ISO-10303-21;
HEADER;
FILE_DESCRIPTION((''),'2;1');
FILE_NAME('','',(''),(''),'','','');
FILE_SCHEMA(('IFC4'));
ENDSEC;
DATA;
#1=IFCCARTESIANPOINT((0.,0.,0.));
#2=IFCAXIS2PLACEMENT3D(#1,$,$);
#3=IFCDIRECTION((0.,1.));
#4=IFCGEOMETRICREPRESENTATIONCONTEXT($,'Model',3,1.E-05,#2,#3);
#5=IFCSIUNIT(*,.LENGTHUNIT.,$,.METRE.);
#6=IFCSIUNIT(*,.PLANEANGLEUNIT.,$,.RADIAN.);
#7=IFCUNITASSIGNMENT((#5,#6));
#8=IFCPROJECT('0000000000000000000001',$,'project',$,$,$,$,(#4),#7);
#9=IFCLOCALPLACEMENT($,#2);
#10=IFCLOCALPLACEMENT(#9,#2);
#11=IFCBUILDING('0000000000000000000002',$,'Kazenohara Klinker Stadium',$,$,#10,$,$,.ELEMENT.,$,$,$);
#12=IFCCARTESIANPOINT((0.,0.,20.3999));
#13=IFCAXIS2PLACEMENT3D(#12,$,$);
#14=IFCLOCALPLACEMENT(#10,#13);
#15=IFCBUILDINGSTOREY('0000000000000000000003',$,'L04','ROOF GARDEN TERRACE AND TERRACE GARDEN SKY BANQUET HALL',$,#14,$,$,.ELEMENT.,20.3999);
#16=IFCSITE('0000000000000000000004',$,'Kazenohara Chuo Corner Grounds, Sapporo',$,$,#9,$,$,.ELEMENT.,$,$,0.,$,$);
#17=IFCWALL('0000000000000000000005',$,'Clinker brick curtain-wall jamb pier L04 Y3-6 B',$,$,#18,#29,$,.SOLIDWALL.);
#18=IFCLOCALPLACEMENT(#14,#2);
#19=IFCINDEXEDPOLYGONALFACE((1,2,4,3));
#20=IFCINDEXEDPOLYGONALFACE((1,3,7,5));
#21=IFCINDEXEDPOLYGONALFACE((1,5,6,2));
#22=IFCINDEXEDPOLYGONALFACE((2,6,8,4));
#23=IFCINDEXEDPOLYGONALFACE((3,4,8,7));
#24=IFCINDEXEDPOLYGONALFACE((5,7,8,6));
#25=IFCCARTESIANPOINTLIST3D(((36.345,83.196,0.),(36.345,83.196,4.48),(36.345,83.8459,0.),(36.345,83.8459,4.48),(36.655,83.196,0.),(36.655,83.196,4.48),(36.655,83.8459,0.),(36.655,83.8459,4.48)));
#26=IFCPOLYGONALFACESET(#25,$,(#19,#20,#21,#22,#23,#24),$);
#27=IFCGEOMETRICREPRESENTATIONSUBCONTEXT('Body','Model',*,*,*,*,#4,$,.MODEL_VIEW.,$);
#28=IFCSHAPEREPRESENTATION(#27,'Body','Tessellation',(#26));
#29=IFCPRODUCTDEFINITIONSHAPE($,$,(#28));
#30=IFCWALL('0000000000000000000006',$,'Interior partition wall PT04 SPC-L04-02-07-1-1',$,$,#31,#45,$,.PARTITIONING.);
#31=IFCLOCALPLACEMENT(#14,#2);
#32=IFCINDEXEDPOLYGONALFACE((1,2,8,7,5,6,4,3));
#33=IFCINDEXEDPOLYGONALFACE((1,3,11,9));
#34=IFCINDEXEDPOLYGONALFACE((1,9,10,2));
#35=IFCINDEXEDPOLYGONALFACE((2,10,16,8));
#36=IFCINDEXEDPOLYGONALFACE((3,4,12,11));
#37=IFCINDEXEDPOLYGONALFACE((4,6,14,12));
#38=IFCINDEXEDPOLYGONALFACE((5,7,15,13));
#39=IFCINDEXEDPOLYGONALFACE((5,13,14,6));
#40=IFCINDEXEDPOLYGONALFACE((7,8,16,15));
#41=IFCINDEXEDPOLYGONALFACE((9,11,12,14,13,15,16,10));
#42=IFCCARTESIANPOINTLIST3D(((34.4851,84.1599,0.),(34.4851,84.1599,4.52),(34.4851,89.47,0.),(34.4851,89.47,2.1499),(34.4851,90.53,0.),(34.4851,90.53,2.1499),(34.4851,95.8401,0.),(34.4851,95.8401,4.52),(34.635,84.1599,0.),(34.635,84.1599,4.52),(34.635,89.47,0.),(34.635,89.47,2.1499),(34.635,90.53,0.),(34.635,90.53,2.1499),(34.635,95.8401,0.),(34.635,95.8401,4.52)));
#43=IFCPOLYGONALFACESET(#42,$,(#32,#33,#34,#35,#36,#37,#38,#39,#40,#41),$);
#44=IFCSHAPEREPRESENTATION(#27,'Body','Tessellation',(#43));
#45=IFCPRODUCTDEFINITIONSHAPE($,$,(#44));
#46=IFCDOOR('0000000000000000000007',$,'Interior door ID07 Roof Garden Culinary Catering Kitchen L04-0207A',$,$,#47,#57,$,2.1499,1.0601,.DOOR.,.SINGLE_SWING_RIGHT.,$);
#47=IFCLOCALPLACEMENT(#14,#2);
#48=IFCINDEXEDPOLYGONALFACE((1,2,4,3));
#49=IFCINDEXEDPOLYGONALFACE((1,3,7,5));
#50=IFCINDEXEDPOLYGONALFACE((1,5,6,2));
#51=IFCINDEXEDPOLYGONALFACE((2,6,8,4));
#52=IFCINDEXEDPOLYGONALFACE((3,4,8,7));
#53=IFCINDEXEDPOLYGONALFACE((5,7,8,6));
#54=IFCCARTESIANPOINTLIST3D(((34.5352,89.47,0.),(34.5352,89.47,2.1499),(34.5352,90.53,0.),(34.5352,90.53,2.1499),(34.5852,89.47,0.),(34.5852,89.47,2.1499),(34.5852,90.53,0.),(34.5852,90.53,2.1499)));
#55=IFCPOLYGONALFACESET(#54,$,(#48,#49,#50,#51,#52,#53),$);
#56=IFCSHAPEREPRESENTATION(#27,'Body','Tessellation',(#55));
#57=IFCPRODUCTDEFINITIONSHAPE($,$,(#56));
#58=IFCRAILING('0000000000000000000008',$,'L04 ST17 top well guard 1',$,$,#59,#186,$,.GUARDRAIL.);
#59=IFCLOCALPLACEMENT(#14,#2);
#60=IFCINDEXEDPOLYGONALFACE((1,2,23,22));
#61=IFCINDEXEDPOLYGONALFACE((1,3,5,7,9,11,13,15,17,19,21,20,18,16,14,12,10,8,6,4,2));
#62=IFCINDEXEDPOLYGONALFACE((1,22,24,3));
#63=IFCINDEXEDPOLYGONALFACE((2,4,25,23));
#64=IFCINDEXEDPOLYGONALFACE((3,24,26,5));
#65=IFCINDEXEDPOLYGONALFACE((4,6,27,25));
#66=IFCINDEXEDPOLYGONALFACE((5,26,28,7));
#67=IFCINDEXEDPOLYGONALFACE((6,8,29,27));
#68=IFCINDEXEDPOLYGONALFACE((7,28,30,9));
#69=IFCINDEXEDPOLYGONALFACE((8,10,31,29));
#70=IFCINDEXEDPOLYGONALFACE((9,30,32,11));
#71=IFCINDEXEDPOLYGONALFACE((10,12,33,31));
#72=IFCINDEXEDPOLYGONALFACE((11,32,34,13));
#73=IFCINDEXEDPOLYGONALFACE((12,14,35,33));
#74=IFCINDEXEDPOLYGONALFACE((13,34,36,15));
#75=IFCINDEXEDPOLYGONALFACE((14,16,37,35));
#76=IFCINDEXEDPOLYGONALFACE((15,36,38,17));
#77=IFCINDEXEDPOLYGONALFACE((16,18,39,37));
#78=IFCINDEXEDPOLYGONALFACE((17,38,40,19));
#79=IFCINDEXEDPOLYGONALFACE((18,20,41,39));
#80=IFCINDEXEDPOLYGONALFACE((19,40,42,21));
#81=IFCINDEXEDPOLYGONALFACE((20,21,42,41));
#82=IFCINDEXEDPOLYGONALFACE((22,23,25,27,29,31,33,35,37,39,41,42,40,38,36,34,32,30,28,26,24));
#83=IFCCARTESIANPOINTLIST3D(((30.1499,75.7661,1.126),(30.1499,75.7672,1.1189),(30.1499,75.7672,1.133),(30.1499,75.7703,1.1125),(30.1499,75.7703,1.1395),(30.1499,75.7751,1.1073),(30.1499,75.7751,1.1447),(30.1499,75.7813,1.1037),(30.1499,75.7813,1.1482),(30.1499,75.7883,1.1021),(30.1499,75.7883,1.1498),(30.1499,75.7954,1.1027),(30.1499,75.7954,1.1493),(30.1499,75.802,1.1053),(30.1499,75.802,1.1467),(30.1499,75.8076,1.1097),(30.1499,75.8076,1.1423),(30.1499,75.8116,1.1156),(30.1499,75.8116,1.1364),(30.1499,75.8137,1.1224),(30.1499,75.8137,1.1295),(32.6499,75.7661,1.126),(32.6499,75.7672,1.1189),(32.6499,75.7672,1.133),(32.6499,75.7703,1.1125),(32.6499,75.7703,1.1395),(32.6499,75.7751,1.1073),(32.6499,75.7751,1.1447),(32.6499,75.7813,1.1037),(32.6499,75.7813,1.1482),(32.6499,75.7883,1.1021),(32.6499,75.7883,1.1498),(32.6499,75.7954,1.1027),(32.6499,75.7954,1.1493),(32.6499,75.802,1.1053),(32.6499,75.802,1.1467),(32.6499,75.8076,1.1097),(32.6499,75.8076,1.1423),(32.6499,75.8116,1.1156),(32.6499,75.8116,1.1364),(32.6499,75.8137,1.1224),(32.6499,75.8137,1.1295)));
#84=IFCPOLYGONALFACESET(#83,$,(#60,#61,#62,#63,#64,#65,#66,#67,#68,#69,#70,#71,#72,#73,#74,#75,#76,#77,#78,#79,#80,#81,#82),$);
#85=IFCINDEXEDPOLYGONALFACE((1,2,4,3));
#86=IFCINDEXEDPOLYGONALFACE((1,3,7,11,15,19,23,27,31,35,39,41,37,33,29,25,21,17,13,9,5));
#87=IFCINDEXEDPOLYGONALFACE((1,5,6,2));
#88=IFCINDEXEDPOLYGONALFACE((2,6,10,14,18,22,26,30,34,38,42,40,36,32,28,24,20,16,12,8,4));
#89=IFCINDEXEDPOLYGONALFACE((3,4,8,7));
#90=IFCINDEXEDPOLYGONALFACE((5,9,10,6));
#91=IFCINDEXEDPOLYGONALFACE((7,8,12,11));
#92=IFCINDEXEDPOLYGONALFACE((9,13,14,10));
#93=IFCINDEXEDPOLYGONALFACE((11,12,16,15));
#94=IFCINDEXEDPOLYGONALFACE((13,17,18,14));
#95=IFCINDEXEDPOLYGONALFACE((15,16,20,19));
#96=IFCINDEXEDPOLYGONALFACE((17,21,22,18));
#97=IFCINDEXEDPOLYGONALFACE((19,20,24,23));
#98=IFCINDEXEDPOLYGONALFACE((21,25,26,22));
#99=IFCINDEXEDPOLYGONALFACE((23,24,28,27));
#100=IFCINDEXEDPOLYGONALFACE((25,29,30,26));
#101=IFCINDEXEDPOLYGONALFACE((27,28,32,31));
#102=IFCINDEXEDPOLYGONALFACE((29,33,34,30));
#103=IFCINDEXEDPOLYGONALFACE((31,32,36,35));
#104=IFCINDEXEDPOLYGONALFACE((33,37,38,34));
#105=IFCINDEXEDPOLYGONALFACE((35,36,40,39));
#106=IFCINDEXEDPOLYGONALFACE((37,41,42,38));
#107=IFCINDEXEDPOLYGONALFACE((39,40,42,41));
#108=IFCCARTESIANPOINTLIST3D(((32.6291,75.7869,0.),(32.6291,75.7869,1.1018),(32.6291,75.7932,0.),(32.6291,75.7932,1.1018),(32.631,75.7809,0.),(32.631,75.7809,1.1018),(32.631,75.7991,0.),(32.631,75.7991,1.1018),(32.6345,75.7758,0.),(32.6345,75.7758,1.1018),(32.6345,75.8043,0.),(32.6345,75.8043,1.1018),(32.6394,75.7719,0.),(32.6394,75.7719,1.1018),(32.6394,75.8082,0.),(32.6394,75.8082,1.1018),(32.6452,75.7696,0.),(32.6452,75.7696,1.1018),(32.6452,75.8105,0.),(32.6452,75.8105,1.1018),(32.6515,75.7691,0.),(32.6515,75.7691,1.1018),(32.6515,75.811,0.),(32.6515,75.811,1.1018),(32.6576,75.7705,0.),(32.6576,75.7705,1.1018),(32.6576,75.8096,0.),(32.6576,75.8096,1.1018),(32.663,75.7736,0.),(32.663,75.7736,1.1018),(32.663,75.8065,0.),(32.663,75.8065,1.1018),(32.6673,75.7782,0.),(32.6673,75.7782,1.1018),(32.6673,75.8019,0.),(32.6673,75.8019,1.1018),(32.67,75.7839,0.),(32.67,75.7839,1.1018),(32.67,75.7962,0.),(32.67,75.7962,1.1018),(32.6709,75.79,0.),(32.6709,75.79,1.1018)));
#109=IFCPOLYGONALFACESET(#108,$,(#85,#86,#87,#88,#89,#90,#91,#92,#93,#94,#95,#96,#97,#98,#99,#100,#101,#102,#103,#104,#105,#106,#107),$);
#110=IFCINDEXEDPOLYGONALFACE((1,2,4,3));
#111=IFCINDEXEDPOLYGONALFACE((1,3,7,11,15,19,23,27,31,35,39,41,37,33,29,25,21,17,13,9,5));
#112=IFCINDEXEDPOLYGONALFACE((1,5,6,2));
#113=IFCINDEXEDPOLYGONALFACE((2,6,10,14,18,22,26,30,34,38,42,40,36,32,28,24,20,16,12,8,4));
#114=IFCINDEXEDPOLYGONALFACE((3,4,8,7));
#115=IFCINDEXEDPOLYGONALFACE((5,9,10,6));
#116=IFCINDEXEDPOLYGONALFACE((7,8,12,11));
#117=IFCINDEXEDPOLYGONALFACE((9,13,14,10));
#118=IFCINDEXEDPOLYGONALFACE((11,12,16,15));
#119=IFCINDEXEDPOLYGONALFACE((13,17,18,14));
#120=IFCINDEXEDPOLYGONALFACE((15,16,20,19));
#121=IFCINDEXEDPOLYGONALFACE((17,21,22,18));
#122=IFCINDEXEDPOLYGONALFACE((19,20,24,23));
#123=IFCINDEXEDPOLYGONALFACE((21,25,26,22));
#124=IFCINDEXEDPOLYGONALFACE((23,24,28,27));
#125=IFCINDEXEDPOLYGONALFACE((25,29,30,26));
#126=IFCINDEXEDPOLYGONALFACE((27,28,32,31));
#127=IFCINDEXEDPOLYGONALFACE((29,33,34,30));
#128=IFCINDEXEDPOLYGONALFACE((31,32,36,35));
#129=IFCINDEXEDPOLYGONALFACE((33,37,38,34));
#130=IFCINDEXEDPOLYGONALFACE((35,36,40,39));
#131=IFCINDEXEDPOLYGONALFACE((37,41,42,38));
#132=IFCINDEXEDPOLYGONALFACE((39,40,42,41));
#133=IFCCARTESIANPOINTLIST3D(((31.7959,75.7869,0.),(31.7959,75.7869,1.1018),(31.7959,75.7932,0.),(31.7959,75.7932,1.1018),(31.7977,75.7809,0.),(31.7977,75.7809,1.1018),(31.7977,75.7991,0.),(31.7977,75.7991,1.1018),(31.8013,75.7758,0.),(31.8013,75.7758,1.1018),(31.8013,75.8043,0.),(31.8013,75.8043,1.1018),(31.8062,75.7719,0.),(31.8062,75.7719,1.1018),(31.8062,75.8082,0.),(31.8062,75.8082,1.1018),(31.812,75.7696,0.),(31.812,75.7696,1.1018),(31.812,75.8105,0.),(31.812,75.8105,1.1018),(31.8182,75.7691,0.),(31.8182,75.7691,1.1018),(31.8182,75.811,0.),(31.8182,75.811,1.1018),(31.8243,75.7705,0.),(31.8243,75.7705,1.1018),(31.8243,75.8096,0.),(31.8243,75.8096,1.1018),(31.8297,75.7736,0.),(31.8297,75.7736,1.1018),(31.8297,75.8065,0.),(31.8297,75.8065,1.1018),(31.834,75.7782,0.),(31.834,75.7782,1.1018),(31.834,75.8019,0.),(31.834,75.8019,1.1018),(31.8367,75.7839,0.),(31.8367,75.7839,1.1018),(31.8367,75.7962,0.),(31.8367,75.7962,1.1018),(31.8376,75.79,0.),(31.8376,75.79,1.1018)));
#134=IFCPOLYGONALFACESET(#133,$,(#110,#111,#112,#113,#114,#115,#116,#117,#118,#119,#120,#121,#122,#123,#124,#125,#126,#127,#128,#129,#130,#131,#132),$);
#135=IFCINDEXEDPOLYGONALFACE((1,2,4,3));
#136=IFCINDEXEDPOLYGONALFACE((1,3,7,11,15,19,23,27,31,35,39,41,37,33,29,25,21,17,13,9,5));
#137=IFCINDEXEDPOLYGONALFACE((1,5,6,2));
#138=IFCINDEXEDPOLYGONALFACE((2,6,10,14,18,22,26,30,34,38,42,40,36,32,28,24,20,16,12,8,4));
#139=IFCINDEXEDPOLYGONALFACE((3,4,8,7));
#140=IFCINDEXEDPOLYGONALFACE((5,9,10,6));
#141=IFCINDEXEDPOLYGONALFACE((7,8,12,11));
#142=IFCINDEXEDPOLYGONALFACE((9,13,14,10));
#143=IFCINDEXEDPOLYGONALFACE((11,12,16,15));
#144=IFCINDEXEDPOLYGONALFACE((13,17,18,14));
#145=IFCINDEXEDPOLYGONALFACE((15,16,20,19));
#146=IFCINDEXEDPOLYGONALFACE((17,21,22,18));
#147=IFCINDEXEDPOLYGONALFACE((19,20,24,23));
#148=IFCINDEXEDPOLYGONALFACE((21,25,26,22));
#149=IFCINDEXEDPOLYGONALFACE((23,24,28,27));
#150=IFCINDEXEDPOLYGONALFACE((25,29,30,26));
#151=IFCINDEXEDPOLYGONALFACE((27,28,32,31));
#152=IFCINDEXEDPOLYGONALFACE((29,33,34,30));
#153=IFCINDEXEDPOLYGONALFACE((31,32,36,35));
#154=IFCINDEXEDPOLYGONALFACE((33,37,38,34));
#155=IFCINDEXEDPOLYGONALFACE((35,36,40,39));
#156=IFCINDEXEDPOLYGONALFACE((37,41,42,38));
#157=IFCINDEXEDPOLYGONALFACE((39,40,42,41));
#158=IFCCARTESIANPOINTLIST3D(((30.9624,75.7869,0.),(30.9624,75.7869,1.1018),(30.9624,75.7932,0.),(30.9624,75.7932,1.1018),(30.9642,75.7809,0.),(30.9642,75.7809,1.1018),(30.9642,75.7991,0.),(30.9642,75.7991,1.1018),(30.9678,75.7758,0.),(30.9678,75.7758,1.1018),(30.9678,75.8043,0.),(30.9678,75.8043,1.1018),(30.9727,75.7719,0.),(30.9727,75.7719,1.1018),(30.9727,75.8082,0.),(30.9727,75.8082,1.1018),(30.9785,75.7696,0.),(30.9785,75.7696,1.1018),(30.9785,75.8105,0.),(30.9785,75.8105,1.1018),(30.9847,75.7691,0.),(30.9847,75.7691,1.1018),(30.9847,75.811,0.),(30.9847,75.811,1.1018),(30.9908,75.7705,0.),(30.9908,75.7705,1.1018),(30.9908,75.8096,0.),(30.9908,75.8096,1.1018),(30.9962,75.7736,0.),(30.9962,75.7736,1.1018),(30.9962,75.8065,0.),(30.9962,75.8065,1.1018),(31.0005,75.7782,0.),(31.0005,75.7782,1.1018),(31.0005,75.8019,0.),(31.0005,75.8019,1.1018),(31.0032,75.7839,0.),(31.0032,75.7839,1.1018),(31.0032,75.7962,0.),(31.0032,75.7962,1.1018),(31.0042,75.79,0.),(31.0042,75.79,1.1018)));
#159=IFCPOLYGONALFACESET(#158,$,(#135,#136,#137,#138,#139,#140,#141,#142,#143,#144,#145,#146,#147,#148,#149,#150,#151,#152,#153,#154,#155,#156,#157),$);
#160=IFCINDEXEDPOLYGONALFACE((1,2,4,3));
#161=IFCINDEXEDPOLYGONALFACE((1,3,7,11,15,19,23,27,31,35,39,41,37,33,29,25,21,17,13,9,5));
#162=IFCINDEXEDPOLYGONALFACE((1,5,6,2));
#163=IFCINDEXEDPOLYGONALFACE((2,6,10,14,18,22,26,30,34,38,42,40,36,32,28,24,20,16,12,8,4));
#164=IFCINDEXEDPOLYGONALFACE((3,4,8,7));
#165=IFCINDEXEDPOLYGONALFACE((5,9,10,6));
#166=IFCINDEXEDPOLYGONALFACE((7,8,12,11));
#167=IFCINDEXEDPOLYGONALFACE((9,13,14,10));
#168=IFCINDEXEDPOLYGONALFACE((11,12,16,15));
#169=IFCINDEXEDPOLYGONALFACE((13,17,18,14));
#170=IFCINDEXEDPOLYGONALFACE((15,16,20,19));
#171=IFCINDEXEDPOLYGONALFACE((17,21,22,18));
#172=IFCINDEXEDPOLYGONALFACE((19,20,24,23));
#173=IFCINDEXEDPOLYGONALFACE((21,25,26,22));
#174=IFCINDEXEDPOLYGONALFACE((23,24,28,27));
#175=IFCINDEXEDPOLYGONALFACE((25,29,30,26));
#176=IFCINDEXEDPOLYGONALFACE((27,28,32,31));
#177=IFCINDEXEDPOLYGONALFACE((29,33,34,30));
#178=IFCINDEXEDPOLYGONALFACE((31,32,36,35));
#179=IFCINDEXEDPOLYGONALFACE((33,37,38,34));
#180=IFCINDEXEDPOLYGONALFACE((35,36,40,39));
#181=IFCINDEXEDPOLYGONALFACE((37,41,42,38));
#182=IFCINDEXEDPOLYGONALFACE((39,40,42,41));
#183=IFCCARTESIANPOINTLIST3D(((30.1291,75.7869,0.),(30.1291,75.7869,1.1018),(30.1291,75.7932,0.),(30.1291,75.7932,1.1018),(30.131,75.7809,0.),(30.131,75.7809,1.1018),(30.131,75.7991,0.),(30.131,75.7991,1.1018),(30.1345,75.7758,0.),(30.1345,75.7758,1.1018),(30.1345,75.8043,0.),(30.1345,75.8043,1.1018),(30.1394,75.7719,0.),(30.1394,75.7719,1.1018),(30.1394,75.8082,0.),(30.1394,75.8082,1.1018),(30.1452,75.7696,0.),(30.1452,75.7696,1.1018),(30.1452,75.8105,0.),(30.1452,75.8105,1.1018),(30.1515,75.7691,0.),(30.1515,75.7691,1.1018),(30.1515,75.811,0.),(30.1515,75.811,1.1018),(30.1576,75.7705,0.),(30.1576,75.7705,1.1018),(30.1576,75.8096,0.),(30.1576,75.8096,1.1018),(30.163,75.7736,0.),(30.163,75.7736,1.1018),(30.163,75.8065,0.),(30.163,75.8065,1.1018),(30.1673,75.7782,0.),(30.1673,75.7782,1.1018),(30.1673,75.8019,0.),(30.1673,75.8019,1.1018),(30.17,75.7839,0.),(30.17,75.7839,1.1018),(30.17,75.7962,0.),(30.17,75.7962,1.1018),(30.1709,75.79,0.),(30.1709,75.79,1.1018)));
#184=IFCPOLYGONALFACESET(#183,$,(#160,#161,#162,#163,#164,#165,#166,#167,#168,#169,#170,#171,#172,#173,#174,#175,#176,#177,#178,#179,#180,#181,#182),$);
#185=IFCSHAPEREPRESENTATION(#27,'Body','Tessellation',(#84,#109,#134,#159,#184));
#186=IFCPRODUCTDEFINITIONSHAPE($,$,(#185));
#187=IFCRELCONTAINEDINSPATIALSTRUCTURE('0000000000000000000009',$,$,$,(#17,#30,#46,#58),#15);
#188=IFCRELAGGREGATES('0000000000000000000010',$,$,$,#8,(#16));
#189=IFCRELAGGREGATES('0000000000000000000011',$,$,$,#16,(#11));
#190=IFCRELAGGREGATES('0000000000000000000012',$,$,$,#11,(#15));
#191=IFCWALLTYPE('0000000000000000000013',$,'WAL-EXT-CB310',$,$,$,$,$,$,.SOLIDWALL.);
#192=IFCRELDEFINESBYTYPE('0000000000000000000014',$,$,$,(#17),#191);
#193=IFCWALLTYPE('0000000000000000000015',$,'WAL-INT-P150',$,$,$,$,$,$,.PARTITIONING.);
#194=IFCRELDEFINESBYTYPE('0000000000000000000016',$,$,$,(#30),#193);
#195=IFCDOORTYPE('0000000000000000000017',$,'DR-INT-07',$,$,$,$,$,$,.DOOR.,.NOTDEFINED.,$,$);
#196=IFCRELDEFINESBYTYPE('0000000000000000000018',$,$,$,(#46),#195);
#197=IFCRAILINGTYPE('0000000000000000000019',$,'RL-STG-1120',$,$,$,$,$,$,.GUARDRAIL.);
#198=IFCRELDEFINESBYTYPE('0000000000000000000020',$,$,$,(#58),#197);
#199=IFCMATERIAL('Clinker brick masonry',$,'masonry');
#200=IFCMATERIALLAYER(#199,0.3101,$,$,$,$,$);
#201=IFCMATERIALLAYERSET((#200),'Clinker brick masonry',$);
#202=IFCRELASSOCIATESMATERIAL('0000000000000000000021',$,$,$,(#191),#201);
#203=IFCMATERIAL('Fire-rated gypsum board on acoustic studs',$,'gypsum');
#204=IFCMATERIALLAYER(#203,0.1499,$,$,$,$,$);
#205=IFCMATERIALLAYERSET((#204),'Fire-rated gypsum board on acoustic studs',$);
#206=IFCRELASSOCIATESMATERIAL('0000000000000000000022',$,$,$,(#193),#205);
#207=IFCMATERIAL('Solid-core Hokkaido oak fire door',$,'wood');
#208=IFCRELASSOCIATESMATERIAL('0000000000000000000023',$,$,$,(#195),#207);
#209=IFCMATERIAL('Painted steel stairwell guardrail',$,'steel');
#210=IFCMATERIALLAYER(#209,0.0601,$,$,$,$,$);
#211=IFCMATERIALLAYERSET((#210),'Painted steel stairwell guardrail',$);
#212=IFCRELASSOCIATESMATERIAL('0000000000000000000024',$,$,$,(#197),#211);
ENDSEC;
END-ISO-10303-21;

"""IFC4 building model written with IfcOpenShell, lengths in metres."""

from ifc_helpers import new_model, si_unit, direction, frame, frame_2d, origin, origin_2d, place, context, subcontext, project, spatial, rectangle, circle, extrude, material, layer, layer_set, type_object, element, fill, save


model = new_model("IFC4")

# Units and contexts
model_context = context("Model", 3, precision=1e-05, world=origin(), true_north=direction((0.0, 1.0)))
body_context = subcontext(model_context, "Body", "Model", "MODEL_VIEW")
ifc_project = project(units=[si_unit("LENGTHUNIT", "METRE"), si_unit("PLANEANGLEUNIT", "RADIAN")], contexts=[model_context])

# Site, building, storey
site_placement = place(None, origin())
site = spatial("IfcSite", under=ifc_project, at=site_placement, Name="Kazenohara Chuo Corner Grounds, Sapporo", CompositionType="ELEMENT", RefElevation=0.0)
building_placement = place(site_placement, origin())
building = spatial("IfcBuilding", under=site, at=building_placement, Name="Kazenohara Klinker Stadium", CompositionType="ELEMENT")
storey_placement = place(building_placement, frame((0.0, 0.0, 20.3999)))
storey = spatial("IfcBuildingStorey", under=building, at=storey_placement, Name="L04", Description="ROOF GARDEN TERRACE AND TERRACE GARDEN SKY BANQUET HALL", CompositionType="ELEMENT", Elevation=20.3999)

# Wall
ifc_material_1 = material(Name="Clinker brick masonry", Category="masonry")
ifc_layer_1 = layer(ifc_material_1, 0.3101)
ifc_layer_set_1 = layer_set([ifc_layer_1], Name="Clinker brick masonry")
wall_type_1 = type_object("IfcWallType", Name="WAL-EXT-CB310", PredefinedType="SOLIDWALL", material=ifc_layer_set_1)
wall_1_placement = place(storey_placement, frame((36.5, 83.196, 0.0), z_axis=(0.0, 0.0, 1.0), x_axis=(0.0, 1.0, 0.0)))
element("IfcWall", 1, at=wall_1_placement, inside=storey, type_object=wall_type_1, Name="Clinker brick curtain-wall jamb pier L04 Y3-6 B", PredefinedType="SOLIDWALL", context=body_context, shape_type="SweptSolid", body=[
    extrude(rectangle(XDim=0.6499, YDim=0.3101, at=frame_2d((0.325, 0.0))), origin(), (0.0, 0.0, 1.0), 4.48),
])

# Wall, opening, door
ifc_material_2 = material(Name="Fire-rated gypsum board on acoustic studs", Category="gypsum")
ifc_layer_2 = layer(ifc_material_2, 0.1499)
ifc_layer_set_2 = layer_set([ifc_layer_2], Name="Fire-rated gypsum board on acoustic studs")
wall_type_2 = type_object("IfcWallType", Name="WAL-INT-P150", PredefinedType="PARTITIONING", material=ifc_layer_set_2)
wall_2_placement = place(storey_placement, frame((34.5601, 84.1599, 0.0), z_axis=(0.0, 0.0, 1.0), x_axis=(0.0, 1.0, 0.0)))
wall_2 = element("IfcWall", 2, at=wall_2_placement, inside=storey, type_object=wall_type_2, Name="Interior partition wall PT04 SPC-L04-02-07-1-1", PredefinedType="PARTITIONING", context=body_context, shape_type="SweptSolid", body=[
    extrude(rectangle(XDim=11.6802, YDim=0.1499, at=frame_2d((5.8401, 0.0))), origin(), (0.0, 0.0, 1.0), 4.52),
])
opening_1_placement = place(wall_2_placement, frame((5.3101, 0.0, 0.0)))
opening_1 = element("IfcOpeningElement", 3, at=opening_1_placement, cuts=wall_2, PredefinedType="OPENING", context=body_context, shape_type="SweptSolid", body=[
    extrude(rectangle(XDim=1.0601, YDim=2.1499, at=frame_2d((0.53, 1.075))), frame((0.0, 0.085, 0.0), z_axis=(0.0, -1.0, 0.0), x_axis=(1.0, 0.0, 0.0)), (0.0, 0.0, 1.0), 0.1699),
])
ifc_material_3 = material(Name="Solid-core Hokkaido oak fire door", Category="wood")
door_type_1 = type_object("IfcDoorType", Name="DR-INT-07", OperationType="NOTDEFINED", PredefinedType="DOOR", material=ifc_material_3)
door_1_placement = place(opening_1_placement, origin())
door_1 = element("IfcDoor", 4, at=door_1_placement, inside=storey, type_object=door_type_1, Name="Interior door ID07 Roof Garden Culinary Catering Kitchen L04-0207A", OperationType="SINGLE_SWING_RIGHT", OverallHeight=2.1499, OverallWidth=1.0601, PredefinedType="DOOR", context=body_context, shape_type="SweptSolid", body=[
    extrude(rectangle(XDim=1.0601, YDim=2.1499, at=frame_2d((0.53, 1.075))), frame((0.0, 0.0249, 0.0), z_axis=(0.0, -1.0, 0.0), x_axis=(1.0, 0.0, 0.0)), (0.0, 0.0, 1.0), 0.05),
])
fill(opening_1, door_1)

# Railing
ifc_material_4 = material(Name="Painted steel stairwell guardrail", Category="steel")
ifc_layer_3 = layer(ifc_material_4, 0.0601)
ifc_layer_set_3 = layer_set([ifc_layer_3], Name="Painted steel stairwell guardrail")
railing_type = type_object("IfcRailingType", Name="RL-STG-1120", PredefinedType="GUARDRAIL", material=ifc_layer_set_3)
railing_placement = place(storey_placement, frame((32.6499, 75.79, 0.0)))
element("IfcRailing", 5, at=railing_placement, inside=storey, type_object=railing_type, Name="L04 ST17 top well guard 1", PredefinedType="GUARDRAIL", context=body_context, shape_type="SweptSolid", body=[
    extrude(circle(Radius=0.0239, at=origin_2d()), frame((0.0, 0.0, 1.126), z_axis=(-1.0, 0.0, 0.0), x_axis=(0.0, -1.0, 0.0)), (0.0, 0.0, 1.0), 2.5),
    extrude(circle(Radius=0.021, at=origin_2d()), origin(), (0.0, 0.0, 1.0), 1.1018),
    extrude(circle(Radius=0.021, at=origin_2d()), frame((-0.8333, 0.0, 0.0)), (0.0, 0.0, 1.0), 1.1018),
    extrude(circle(Radius=0.021, at=origin_2d()), frame((-1.6667, 0.0, 0.0)), (0.0, 0.0, 1.0), 1.1018),
    extrude(circle(Radius=0.021, at=origin_2d()), frame((-2.5, 0.0, 0.0)), (0.0, 0.0, 1.0), 1.1018),
])

save(model, "model.ifc")
